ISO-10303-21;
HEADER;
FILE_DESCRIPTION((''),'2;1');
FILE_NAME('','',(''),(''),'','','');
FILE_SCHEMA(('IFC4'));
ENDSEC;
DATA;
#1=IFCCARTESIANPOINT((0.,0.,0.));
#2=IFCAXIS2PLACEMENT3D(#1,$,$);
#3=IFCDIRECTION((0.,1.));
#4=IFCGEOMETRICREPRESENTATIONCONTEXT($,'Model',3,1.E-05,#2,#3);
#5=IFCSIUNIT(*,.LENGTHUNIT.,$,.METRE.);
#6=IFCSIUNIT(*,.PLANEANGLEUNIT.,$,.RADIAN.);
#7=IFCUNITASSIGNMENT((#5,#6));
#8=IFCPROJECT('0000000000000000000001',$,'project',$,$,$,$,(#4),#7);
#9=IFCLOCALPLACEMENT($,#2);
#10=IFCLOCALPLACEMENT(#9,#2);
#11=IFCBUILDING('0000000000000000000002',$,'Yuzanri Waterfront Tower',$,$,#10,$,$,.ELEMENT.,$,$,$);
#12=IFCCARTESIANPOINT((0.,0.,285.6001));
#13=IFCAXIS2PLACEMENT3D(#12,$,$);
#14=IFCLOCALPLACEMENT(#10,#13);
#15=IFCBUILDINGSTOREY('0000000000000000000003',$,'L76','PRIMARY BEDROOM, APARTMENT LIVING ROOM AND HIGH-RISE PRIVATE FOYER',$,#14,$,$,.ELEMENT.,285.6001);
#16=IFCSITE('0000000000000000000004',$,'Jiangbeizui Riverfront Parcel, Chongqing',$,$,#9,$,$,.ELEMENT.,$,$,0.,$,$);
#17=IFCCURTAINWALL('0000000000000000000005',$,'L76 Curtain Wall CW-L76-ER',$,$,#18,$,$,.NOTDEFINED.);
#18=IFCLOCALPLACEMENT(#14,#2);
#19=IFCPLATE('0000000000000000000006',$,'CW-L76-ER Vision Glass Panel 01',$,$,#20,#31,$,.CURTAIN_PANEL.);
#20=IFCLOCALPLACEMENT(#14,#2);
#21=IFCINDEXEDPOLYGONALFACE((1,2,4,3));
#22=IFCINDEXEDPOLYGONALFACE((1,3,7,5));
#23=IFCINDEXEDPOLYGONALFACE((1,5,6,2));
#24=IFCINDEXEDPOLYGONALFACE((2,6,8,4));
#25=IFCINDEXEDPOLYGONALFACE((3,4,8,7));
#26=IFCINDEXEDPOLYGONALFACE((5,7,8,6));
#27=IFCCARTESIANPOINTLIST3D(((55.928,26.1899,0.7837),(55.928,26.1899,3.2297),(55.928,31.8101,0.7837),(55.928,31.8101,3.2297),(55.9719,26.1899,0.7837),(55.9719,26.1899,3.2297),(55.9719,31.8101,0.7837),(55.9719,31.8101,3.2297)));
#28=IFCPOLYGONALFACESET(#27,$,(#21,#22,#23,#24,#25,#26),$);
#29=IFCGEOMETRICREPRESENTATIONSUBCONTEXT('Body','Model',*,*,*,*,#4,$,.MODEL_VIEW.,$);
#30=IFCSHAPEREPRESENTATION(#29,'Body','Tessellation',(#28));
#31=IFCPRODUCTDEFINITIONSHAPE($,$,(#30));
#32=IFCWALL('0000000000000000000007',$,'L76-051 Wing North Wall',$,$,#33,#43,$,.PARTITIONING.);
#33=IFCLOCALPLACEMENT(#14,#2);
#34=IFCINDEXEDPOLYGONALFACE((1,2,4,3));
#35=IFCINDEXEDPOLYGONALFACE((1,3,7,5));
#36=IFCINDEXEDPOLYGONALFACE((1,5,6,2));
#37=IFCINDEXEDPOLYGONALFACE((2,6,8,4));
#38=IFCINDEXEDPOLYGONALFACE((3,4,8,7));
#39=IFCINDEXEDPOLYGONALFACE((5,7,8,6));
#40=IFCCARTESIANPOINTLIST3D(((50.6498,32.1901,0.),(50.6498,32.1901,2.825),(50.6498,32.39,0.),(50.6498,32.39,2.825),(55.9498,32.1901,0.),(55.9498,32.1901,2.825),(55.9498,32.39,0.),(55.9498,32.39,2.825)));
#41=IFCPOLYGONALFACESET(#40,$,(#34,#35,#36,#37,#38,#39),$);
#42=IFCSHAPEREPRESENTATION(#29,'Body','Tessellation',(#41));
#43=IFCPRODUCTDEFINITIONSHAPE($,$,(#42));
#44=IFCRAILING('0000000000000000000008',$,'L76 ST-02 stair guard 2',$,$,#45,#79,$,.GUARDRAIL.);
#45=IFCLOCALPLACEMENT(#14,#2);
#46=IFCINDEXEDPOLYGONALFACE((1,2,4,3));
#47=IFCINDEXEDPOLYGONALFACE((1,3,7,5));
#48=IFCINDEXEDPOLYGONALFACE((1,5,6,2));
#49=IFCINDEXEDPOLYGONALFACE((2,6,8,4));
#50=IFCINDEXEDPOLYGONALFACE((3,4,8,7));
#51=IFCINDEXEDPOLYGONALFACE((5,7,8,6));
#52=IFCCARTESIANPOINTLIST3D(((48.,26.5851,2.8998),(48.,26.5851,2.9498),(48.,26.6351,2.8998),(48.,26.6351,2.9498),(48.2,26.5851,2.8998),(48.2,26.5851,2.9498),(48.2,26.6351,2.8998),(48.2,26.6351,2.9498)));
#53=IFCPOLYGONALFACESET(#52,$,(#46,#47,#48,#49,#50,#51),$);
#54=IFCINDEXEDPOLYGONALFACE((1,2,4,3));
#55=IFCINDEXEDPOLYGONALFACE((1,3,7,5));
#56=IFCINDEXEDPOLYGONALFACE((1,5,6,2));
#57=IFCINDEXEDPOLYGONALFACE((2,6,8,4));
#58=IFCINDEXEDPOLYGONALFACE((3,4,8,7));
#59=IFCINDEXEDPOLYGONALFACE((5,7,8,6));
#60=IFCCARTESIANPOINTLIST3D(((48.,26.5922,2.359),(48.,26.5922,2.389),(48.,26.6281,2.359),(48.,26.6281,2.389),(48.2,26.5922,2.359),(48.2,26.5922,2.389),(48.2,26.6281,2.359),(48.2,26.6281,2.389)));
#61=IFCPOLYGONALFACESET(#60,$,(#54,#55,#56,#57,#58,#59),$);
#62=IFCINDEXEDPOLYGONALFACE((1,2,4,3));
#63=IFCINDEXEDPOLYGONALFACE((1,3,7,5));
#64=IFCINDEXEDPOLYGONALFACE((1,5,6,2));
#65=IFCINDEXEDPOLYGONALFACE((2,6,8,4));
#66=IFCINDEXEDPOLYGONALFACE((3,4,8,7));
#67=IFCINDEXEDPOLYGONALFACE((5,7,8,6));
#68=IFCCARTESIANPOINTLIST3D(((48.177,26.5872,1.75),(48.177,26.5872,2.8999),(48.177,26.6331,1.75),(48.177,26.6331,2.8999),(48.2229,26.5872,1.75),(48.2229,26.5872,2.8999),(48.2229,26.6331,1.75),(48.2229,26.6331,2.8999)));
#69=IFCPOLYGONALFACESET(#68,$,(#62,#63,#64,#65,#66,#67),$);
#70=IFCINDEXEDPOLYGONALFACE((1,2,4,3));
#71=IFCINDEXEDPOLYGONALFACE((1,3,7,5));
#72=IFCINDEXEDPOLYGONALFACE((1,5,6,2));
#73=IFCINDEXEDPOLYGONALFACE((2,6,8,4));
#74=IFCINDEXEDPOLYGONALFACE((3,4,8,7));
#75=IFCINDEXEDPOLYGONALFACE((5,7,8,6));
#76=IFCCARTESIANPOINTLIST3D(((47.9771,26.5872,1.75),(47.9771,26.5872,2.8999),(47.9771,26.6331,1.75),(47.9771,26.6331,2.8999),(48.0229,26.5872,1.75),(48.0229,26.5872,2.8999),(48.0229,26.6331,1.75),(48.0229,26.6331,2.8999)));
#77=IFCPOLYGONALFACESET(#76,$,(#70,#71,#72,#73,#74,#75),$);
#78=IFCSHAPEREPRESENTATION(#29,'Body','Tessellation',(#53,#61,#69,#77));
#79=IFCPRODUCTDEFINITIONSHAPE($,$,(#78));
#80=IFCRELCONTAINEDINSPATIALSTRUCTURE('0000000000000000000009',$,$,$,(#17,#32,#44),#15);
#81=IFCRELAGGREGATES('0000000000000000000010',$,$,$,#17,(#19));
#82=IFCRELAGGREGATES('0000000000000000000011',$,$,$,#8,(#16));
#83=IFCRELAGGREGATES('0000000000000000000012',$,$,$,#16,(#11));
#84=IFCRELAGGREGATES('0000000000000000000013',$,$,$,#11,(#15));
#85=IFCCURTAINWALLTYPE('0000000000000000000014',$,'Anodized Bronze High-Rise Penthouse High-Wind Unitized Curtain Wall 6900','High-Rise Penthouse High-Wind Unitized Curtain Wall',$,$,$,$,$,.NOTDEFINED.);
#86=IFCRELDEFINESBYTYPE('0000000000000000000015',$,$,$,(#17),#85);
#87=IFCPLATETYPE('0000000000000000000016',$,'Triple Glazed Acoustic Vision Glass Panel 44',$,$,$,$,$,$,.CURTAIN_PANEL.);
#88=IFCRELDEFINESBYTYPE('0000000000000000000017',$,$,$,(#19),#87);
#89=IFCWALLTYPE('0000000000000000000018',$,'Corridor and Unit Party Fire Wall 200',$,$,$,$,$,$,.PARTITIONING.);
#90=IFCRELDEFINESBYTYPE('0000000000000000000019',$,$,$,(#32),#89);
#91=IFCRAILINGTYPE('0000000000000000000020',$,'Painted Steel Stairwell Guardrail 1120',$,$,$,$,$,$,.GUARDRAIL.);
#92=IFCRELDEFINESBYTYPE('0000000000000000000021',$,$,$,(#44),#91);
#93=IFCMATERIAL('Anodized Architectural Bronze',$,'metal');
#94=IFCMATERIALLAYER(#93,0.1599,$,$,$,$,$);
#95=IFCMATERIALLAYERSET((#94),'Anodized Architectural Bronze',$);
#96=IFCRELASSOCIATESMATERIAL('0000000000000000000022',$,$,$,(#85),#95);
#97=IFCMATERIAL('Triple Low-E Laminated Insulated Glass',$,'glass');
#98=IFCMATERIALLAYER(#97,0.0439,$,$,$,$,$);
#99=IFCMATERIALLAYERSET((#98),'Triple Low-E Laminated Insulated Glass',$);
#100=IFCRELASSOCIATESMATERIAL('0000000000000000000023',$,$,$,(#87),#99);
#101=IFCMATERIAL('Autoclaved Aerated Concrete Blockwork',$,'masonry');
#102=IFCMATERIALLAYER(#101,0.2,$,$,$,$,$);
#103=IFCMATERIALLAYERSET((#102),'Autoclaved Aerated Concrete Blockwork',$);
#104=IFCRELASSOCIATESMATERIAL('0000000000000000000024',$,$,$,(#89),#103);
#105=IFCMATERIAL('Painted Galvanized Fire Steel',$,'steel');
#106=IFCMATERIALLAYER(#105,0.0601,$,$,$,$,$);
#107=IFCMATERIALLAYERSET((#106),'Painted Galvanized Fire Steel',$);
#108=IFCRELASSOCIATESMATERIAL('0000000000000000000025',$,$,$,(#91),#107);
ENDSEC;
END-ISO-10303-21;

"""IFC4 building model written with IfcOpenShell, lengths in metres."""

from ifc_helpers import new_model, si_unit, direction, frame, frame_2d, origin, origin_2d, place, context, subcontext, project, spatial, rectangle, extrude, source, transform, mapped, material, layer, layer_set, type_object, element, aggregate, save


model = new_model("IFC4")

# Units and contexts
model_context = context("Model", 3, precision=1e-05, world=origin(), true_north=direction((0.0, 1.0)))
body_context = subcontext(model_context, "Body", "Model", "MODEL_VIEW")
ifc_project = project(units=[si_unit("LENGTHUNIT", "METRE"), si_unit("PLANEANGLEUNIT", "RADIAN")], contexts=[model_context])

# Site, building, storey
site_placement = place(None, origin())
site = spatial("IfcSite", under=ifc_project, at=site_placement, Name="Jiangbeizui Riverfront Parcel, Chongqing", CompositionType="ELEMENT", RefElevation=0.0)
building_placement = place(site_placement, origin())
building = spatial("IfcBuilding", under=site, at=building_placement, Name="Yuzanri Waterfront Tower", CompositionType="ELEMENT")
storey_placement = place(building_placement, frame((0.0, 0.0, 285.6001)))
storey = spatial("IfcBuildingStorey", under=building, at=storey_placement, Name="L76", Description="PRIMARY BEDROOM, APARTMENT LIVING ROOM AND HIGH-RISE PRIVATE FOYER", CompositionType="ELEMENT", Elevation=285.6001)

# Shared definitions
ifc_material_1 = material(Name="Anodized Architectural Bronze", Category="metal")
ifc_layer_1 = layer(ifc_material_1, 0.1599)
ifc_layer_set_1 = layer_set([ifc_layer_1], Name="Anodized Architectural Bronze")
curtain_wall_type = type_object("IfcCurtainWallType", Name="Anodized Bronze High-Rise Penthouse High-Wind Unitized Curtain Wall 6900", Description="High-Rise Penthouse High-Wind Unitized Curtain Wall", PredefinedType="NOTDEFINED", material=ifc_layer_set_1)

# Curtain wall
curtain_wall_1_placement = place(storey_placement, origin())
curtain_wall_1 = element("IfcCurtainWall", 1, at=curtain_wall_1_placement, inside=storey, type_object=curtain_wall_type, Name="L76 Curtain Wall CW-L76-ER", PredefinedType="NOTDEFINED")

# Plate
ifc_material_2 = material(Name="Triple Low-E Laminated Insulated Glass", Category="glass")
ifc_layer_2 = layer(ifc_material_2, 0.0439)
ifc_layer_set_2 = layer_set([ifc_layer_2], Name="Triple Low-E Laminated Insulated Glass")
plate_type_1 = type_object("IfcPlateType", Name="Triple Glazed Acoustic Vision Glass Panel 44", PredefinedType="CURTAIN_PANEL", material=ifc_layer_set_2)
shared_shape_1 = source(origin(), body_context, "Body", "SweptSolid", [
    extrude(rectangle(XDim=5.6201, YDim=0.0439, at=origin_2d()), origin(), (0.0, 0.0, 1.0), 2.446),
])
plate_1_placement = place(storey_placement, frame((55.95, 29.0, 0.7837), z_axis=(0.0, 0.0, 1.0), x_axis=(0.0, 1.0, 0.0)))
plate_1 = element("IfcPlate", 2, at=plate_1_placement, type_object=plate_type_1, Name="CW-L76-ER Vision Glass Panel 01", PredefinedType="CURTAIN_PANEL", context=body_context, shape_type="MappedRepresentation", body=[
    mapped(shared_shape_1, transform((0.0, 0.0, 0.0), scale=1.0)),
])
aggregate(curtain_wall_1, [plate_1])

# Wall
ifc_material_3 = material(Name="Autoclaved Aerated Concrete Blockwork", Category="masonry")
ifc_layer_3 = layer(ifc_material_3, 0.2)
ifc_layer_set_3 = layer_set([ifc_layer_3], Name="Autoclaved Aerated Concrete Blockwork")
wall_type = type_object("IfcWallType", Name="Corridor and Unit Party Fire Wall 200", PredefinedType="PARTITIONING", material=ifc_layer_set_3)
shared_shape_2 = source(origin(), body_context, "Body", "SweptSolid", [
    extrude(rectangle(XDim=5.3, YDim=0.2, at=frame_2d((2.6499, 0.0))), origin(), (0.0, 0.0, 1.0), 2.825),
])
wall_placement = place(storey_placement, frame((50.6499, 32.29, 0.0), z_axis=(0.0, 0.0, 1.0), x_axis=(1.0, 0.0, 0.0)))
element("IfcWall", 3, at=wall_placement, inside=storey, type_object=wall_type, Name="L76-051 Wing North Wall", PredefinedType="PARTITIONING", context=body_context, shape_type="MappedRepresentation", body=[
    mapped(shared_shape_2, transform((0.0, 0.0, 0.0), scale=1.0)),
])

# Railing
ifc_material_4 = material(Name="Painted Galvanized Fire Steel", Category="steel")
ifc_layer_4 = layer(ifc_material_4, 0.0601)
ifc_layer_set_4 = layer_set([ifc_layer_4], Name="Painted Galvanized Fire Steel")
railing_type = type_object("IfcRailingType", Name="Painted Steel Stairwell Guardrail 1120", PredefinedType="GUARDRAIL", material=ifc_layer_set_4)
shared_shape_3 = source(origin(), body_context, "Body", "SweptSolid", [
    extrude(rectangle(XDim=0.05, YDim=0.05, at=origin_2d()), frame((0.0, 0.0, 1.1748), z_axis=(-1.0, 0.0, 0.0), x_axis=(0.0, -1.0, 0.0)), (0.0, 0.0, 1.0), 0.2),
    extrude(rectangle(XDim=0.0359, YDim=0.03, at=origin_2d()), frame((0.0, 0.0, 0.624), z_axis=(-1.0, 0.0, 0.0), x_axis=(0.0, -1.0, 0.0)), (0.0, 0.0, 1.0), 0.2),
    extrude(rectangle(XDim=0.0459, YDim=0.0459, at=origin_2d()), origin(), (0.0, 0.0, 1.0), 1.1499),
    extrude(rectangle(XDim=0.0459, YDim=0.0459, at=origin_2d()), frame((-0.2, 0.0, 0.0)), (0.0, 0.0, 1.0), 1.1499),
])
railing_placement = place(storey_placement, frame((48.2, 26.6101, 1.75)))
element("IfcRailing", 4, at=railing_placement, inside=storey, type_object=railing_type, Name="L76 ST-02 stair guard 2", PredefinedType="GUARDRAIL", context=body_context, shape_type="MappedRepresentation", body=[
    mapped(shared_shape_3, transform((0.0, 0.0, 0.0), scale=1.0)),
])

save(model, "model.ifc")
